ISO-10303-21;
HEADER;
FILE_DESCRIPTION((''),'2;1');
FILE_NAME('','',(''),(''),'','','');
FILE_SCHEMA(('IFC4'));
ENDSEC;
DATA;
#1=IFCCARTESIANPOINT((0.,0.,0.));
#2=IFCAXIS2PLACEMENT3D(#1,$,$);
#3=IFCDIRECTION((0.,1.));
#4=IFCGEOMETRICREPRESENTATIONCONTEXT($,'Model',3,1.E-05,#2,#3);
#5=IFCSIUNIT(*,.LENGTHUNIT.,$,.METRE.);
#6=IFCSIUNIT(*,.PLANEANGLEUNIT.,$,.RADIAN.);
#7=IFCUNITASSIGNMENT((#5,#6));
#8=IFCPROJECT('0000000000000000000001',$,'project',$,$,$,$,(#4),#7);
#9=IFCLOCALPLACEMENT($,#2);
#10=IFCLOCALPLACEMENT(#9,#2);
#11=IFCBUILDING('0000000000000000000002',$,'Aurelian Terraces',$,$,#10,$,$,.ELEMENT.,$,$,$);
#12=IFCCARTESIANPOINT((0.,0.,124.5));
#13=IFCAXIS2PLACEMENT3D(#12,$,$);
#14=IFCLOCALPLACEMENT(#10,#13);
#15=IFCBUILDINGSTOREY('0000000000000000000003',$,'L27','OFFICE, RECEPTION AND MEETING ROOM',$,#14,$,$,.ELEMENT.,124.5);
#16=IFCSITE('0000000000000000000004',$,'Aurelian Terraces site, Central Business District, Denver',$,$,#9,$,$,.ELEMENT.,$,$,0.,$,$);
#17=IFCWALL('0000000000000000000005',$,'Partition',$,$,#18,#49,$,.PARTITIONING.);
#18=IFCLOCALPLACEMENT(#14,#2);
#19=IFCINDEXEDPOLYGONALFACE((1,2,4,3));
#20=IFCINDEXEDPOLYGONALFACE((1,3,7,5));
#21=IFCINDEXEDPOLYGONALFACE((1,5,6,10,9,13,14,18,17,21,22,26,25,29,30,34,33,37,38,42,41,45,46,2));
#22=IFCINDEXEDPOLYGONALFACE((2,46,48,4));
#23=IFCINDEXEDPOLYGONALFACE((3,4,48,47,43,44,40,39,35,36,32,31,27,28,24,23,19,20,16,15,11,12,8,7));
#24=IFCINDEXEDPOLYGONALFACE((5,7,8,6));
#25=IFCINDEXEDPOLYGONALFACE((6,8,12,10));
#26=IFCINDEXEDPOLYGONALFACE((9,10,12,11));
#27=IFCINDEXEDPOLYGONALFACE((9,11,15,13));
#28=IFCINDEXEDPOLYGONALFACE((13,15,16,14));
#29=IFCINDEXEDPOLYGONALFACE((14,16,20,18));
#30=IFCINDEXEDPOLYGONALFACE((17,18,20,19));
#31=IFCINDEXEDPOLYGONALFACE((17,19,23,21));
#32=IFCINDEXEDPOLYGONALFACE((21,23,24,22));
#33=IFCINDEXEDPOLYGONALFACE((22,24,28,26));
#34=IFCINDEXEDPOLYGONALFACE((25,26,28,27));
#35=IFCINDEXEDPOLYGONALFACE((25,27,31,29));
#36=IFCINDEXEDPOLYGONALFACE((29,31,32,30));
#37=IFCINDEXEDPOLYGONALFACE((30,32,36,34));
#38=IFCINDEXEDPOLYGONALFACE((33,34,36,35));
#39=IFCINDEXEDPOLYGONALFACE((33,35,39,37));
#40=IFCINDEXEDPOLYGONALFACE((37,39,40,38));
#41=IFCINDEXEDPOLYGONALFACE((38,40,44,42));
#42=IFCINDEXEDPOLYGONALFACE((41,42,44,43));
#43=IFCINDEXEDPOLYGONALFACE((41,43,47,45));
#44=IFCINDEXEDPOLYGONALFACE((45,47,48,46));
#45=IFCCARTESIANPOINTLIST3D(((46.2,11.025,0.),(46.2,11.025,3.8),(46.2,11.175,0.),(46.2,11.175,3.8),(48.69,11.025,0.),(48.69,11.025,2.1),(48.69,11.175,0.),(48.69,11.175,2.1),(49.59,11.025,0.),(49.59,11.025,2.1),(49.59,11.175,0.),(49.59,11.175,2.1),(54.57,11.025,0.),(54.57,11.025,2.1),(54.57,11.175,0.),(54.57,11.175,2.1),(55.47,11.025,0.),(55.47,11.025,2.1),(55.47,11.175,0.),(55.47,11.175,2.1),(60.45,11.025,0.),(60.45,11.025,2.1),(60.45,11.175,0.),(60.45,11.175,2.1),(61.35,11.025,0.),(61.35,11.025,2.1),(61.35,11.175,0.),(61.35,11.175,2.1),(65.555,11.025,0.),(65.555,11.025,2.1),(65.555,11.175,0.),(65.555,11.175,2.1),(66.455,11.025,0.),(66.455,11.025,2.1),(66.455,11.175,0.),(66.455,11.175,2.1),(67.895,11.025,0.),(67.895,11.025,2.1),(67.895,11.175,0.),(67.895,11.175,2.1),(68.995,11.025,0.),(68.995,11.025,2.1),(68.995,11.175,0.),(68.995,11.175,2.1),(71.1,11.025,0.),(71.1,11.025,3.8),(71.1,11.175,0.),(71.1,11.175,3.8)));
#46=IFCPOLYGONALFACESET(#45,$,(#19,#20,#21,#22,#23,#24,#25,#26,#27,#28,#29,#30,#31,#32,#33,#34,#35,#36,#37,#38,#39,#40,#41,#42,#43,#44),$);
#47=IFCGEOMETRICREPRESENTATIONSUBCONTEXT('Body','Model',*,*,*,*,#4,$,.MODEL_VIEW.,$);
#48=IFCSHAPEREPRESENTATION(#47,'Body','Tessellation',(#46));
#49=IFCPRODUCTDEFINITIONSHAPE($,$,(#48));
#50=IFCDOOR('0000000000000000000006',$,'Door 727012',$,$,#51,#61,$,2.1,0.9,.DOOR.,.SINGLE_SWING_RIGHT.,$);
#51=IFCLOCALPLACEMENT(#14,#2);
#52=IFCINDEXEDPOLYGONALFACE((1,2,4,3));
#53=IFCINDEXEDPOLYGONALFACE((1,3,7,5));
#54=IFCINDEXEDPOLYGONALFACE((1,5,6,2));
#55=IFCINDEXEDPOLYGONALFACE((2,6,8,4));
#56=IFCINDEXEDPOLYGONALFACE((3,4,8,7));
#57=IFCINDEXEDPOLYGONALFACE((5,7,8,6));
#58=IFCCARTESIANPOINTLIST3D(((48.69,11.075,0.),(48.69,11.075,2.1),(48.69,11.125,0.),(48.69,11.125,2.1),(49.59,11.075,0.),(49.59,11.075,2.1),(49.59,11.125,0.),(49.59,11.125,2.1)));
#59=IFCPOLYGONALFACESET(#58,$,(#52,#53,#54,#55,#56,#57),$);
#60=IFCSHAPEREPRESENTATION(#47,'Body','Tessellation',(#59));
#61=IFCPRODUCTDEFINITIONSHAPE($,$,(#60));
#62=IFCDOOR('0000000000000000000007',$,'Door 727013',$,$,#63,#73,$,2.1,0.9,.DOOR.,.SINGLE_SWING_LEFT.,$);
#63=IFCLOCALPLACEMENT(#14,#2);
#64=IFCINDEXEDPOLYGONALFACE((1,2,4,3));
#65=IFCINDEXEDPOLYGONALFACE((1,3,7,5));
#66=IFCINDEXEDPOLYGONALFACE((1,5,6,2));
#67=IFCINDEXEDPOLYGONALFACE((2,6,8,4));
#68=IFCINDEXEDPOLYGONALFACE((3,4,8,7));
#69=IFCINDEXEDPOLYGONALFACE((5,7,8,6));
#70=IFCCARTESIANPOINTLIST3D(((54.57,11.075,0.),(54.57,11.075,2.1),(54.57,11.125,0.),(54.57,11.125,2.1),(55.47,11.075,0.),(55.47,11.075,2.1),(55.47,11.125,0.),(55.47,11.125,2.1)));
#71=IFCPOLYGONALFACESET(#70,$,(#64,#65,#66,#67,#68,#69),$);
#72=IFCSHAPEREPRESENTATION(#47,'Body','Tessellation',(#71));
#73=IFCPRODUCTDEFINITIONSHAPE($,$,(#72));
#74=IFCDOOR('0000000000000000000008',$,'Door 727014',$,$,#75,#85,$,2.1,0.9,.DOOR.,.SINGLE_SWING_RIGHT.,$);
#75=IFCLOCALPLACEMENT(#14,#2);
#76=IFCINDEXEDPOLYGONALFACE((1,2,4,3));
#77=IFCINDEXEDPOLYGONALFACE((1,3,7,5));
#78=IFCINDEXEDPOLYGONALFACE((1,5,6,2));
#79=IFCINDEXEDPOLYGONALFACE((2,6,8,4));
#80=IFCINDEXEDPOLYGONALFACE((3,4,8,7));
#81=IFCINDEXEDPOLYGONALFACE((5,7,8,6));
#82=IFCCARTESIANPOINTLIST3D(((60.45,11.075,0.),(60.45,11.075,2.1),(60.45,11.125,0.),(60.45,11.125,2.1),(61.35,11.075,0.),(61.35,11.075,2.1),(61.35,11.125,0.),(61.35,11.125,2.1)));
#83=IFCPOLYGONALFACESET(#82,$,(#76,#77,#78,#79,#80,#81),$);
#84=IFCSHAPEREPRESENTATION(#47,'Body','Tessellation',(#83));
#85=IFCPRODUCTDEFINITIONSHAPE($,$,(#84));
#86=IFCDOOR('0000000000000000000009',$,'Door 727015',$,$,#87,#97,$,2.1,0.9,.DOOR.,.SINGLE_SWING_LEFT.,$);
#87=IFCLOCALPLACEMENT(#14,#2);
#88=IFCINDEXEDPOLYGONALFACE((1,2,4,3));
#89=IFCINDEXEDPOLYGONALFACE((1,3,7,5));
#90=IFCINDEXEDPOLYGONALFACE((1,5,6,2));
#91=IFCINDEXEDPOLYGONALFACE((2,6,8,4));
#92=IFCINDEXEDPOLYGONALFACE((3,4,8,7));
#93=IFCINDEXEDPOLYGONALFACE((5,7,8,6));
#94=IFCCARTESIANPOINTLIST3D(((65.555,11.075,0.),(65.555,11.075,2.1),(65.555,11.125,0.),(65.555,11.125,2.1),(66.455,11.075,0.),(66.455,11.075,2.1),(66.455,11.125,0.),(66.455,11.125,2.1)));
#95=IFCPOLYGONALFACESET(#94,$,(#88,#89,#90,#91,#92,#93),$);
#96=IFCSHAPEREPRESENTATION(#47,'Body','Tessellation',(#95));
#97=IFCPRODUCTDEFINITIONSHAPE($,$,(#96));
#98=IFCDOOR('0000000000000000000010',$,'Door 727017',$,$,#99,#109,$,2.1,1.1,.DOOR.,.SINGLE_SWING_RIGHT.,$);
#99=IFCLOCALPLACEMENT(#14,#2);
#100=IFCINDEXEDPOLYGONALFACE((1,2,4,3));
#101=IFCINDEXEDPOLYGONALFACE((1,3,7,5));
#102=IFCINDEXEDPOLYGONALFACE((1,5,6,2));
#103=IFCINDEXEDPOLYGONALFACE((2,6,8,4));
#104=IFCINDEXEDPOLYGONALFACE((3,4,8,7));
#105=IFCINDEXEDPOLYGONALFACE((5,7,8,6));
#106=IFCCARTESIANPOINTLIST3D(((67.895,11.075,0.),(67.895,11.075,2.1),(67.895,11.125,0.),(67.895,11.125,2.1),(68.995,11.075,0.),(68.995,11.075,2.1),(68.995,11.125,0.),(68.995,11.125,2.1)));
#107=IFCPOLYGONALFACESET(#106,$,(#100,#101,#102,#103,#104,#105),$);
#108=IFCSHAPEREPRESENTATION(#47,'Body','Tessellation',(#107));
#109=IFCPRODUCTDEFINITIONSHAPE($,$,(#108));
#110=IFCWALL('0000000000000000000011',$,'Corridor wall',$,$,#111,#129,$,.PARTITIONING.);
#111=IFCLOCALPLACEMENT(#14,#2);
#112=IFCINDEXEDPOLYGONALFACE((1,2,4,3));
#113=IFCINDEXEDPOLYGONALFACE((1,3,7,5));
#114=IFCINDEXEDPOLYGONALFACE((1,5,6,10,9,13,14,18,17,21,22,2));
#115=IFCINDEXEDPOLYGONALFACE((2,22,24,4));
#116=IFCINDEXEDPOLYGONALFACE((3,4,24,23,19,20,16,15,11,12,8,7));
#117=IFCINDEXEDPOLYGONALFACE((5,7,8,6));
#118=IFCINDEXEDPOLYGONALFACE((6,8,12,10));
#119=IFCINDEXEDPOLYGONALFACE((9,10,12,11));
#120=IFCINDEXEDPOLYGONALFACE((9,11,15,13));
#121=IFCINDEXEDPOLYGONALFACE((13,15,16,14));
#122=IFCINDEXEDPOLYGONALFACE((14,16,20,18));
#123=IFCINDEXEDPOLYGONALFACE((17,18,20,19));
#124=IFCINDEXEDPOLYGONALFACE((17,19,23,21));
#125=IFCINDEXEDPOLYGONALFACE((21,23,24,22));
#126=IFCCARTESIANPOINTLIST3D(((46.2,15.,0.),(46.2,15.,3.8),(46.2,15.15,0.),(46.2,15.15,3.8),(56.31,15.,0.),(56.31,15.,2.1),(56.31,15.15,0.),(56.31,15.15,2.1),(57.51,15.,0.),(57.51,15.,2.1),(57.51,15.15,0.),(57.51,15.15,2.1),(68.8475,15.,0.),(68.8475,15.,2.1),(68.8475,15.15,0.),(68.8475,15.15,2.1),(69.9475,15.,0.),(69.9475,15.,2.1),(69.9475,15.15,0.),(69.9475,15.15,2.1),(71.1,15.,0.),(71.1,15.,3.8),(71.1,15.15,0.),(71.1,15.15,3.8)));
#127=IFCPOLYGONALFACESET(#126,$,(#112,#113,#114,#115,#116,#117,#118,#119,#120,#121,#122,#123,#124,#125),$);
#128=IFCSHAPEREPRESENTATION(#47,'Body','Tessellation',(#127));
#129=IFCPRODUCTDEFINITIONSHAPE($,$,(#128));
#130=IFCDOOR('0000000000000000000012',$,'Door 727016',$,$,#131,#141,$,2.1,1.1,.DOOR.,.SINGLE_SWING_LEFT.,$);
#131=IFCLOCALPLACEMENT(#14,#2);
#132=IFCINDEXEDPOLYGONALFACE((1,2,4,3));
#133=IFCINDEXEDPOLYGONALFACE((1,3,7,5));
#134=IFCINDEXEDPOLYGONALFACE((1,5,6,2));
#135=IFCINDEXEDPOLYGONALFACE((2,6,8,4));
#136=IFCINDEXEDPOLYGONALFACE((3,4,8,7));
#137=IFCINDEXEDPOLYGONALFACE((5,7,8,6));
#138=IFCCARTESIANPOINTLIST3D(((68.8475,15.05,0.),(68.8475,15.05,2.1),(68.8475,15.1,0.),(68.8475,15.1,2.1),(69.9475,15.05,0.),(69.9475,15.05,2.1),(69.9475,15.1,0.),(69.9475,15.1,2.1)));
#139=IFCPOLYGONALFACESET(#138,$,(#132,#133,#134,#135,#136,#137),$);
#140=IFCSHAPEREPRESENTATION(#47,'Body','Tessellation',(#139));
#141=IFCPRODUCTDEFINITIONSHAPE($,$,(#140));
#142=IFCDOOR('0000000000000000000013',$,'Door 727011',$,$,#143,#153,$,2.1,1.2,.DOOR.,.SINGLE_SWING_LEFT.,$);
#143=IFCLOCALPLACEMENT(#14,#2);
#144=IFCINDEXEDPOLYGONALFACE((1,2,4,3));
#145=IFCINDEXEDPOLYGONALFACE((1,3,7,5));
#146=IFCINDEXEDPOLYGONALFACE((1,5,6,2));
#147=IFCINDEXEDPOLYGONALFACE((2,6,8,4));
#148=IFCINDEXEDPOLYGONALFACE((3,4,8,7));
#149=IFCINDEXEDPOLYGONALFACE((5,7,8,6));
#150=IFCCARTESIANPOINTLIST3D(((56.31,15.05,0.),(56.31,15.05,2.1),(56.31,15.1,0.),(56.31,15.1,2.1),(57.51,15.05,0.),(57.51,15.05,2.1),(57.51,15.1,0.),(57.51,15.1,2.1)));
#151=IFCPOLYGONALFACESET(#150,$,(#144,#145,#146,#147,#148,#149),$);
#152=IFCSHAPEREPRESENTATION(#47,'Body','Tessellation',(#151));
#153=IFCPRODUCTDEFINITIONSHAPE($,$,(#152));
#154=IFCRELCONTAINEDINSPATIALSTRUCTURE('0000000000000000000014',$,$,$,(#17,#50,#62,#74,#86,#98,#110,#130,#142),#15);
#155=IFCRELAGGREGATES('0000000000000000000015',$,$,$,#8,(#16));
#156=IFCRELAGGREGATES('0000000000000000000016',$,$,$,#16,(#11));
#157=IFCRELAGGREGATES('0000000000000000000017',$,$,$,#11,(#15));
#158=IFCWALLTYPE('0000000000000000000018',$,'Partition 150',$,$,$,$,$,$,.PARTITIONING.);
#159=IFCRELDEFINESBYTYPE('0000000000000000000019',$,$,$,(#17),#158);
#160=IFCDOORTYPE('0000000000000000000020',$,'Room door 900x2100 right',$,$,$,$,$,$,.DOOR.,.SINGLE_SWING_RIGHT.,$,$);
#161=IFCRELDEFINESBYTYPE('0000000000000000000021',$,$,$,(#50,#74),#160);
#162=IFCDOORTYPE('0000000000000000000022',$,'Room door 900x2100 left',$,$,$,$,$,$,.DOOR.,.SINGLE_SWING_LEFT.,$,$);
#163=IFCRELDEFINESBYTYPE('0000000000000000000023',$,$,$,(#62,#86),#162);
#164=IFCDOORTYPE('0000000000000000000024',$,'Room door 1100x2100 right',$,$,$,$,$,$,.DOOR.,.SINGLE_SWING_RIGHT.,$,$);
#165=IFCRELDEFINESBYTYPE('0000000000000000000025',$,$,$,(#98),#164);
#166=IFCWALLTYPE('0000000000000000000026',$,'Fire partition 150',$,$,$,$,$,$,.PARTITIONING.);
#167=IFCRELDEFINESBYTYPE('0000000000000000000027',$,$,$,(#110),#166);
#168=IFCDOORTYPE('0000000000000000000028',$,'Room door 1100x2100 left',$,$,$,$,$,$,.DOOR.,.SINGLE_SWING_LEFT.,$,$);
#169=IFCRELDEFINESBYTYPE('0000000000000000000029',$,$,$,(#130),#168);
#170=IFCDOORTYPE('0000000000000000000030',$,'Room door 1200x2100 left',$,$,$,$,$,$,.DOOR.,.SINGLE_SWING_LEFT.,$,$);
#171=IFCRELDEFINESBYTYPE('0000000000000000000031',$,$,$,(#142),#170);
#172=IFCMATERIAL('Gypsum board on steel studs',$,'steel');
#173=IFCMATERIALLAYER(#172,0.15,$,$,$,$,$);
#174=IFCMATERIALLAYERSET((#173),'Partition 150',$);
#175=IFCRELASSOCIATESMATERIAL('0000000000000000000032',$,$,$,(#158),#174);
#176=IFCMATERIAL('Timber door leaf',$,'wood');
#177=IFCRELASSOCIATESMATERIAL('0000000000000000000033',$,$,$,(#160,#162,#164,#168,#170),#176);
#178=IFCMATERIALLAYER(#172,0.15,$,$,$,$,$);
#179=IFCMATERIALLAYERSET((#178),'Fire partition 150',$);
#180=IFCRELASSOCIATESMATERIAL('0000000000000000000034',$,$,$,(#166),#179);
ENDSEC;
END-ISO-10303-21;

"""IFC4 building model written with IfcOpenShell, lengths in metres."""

from ifc_helpers import new_model, si_unit, direction, frame, frame_2d, origin, place, context, subcontext, project, spatial, rectangle, extrude, source, transform, mapped, material, layer, layer_set, type_object, element, fill, save


model = new_model("IFC4")

# Units and contexts
model_context = context("Model", 3, precision=1e-05, world=origin(), true_north=direction((0.0, 1.0)))
body_context = subcontext(model_context, "Body", "Model", "MODEL_VIEW")
ifc_project = project(units=[si_unit("LENGTHUNIT", "METRE"), si_unit("PLANEANGLEUNIT", "RADIAN")], contexts=[model_context])

# Site, building, storey
site_placement = place(None, origin())
site = spatial("IfcSite", under=ifc_project, at=site_placement, Name="Aurelian Terraces site, Central Business District, Denver", CompositionType="ELEMENT", RefElevation=0.0)
building_placement = place(site_placement, origin())
building = spatial("IfcBuilding", under=site, at=building_placement, Name="Aurelian Terraces", CompositionType="ELEMENT")
storey_placement = place(building_placement, frame((0.0, 0.0, 124.5)))
storey = spatial("IfcBuildingStorey", under=building, at=storey_placement, Name="L27", Description="OFFICE, RECEPTION AND MEETING ROOM", CompositionType="ELEMENT", Elevation=124.5)

# Walls, openings, doors
ifc_material_1 = material(Name="Gypsum board on steel studs", Category="steel")
ifc_layer_1 = layer(ifc_material_1, 0.15)
ifc_layer_set_1 = layer_set([ifc_layer_1], Name="Partition 150")
wall_type_1 = type_object("IfcWallType", Name="Partition 150", PredefinedType="PARTITIONING", material=ifc_layer_set_1)
shared_shape_1 = source(origin(), body_context, "Body", "SweptSolid", [
    extrude(rectangle(XDim=24.9, YDim=0.15, at=frame_2d((12.45, 0.0))), origin(), (0.0, 0.0, 1.0), 3.8),
])
wall_1_placement = place(storey_placement, frame((71.1, 11.1, 0.0), z_axis=(0.0, 0.0, 1.0), x_axis=(-1.0, 0.0, 0.0)))
wall_1 = element("IfcWall", 1, at=wall_1_placement, inside=storey, type_object=wall_type_1, Name="Partition", PredefinedType="PARTITIONING", context=body_context, shape_type="MappedRepresentation", body=[
    mapped(shared_shape_1, transform((0.0, 0.0, 0.0), scale=1.0)),
])
shared_shape_2 = source(origin(), body_context, "Body", "SweptSolid", [
    extrude(rectangle(XDim=0.9, YDim=2.1, at=frame_2d((0.45, 1.05))), frame((0.0, 0.085, 0.0), z_axis=(0.0, -1.0, 0.0), x_axis=(1.0, 0.0, 0.0)), (0.0, 0.0, 1.0), 0.17),
])
opening_1_placement = place(wall_1_placement, frame((21.51, 0.0, 0.0)))
opening_1 = element("IfcOpeningElement", 2, at=opening_1_placement, cuts=wall_1, PredefinedType="OPENING", context=body_context, shape_type="MappedRepresentation", body=[
    mapped(shared_shape_2, transform((0.0, 0.0, 0.0), scale=1.0)),
])
opening_2_placement = place(wall_1_placement, frame((15.63, 0.0, 0.0)))
opening_2 = element("IfcOpeningElement", 3, at=opening_2_placement, cuts=wall_1, PredefinedType="OPENING", context=body_context, shape_type="MappedRepresentation", body=[
    mapped(shared_shape_2, transform((0.0, 0.0, 0.0), scale=1.0)),
])
opening_3_placement = place(wall_1_placement, frame((9.75, 0.0, 0.0)))
opening_3 = element("IfcOpeningElement", 4, at=opening_3_placement, cuts=wall_1, PredefinedType="OPENING", context=body_context, shape_type="MappedRepresentation", body=[
    mapped(shared_shape_2, transform((0.0, 0.0, 0.0), scale=1.0)),
])
opening_4_placement = place(wall_1_placement, frame((4.645, 0.0, 0.0)))
opening_4 = element("IfcOpeningElement", 5, at=opening_4_placement, cuts=wall_1, PredefinedType="OPENING", context=body_context, shape_type="MappedRepresentation", body=[
    mapped(shared_shape_2, transform((0.0, 0.0, 0.0), scale=1.0)),
])
shared_shape_3 = source(origin(), body_context, "Body", "SweptSolid", [
    extrude(rectangle(XDim=1.1, YDim=2.1, at=frame_2d((0.55, 1.05))), frame((0.0, 0.085, 0.0), z_axis=(0.0, -1.0, 0.0), x_axis=(1.0, 0.0, 0.0)), (0.0, 0.0, 1.0), 0.17),
])
opening_5_placement = place(wall_1_placement, frame((2.105, 0.0, 0.0)))
opening_5 = element("IfcOpeningElement", 6, at=opening_5_placement, cuts=wall_1, PredefinedType="OPENING", context=body_context, shape_type="MappedRepresentation", body=[
    mapped(shared_shape_3, transform((0.0, 0.0, 0.0), scale=1.0)),
])
ifc_material_2 = material(Name="Timber door leaf", Category="wood")
door_type_1 = type_object("IfcDoorType", Name="Room door 900x2100 right", OperationType="SINGLE_SWING_RIGHT", PredefinedType="DOOR", material=ifc_material_2)
shared_shape_4 = source(origin(), body_context, "Body", "SweptSolid", [
    extrude(rectangle(XDim=0.9, YDim=2.1, at=frame_2d((0.45, 1.05))), frame((0.0, 0.025, 0.0), z_axis=(0.0, -1.0, 0.0), x_axis=(1.0, 0.0, 0.0)), (0.0, 0.0, 1.0), 0.05),
])
door_1_placement = place(opening_1_placement, origin())
door_1 = element("IfcDoor", 7, at=door_1_placement, inside=storey, type_object=door_type_1, Name="Door 727012", OperationType="SINGLE_SWING_RIGHT", OverallHeight=2.1, OverallWidth=0.9, PredefinedType="DOOR", context=body_context, shape_type="MappedRepresentation", body=[
    mapped(shared_shape_4, transform((0.0, 0.0, 0.0), scale=1.0)),
])
fill(opening_1, door_1)
door_type_2 = type_object("IfcDoorType", Name="Room door 900x2100 left", OperationType="SINGLE_SWING_LEFT", PredefinedType="DOOR", material=ifc_material_2)
door_2_placement = place(opening_2_placement, origin())
door_2 = element("IfcDoor", 8, at=door_2_placement, inside=storey, type_object=door_type_2, Name="Door 727013", OperationType="SINGLE_SWING_LEFT", OverallHeight=2.1, OverallWidth=0.9, PredefinedType="DOOR", context=body_context, shape_type="MappedRepresentation", body=[
    mapped(shared_shape_4, transform((0.0, 0.0, 0.0), scale=1.0)),
])
fill(opening_2, door_2)
door_3_placement = place(opening_3_placement, origin())
door_3 = element("IfcDoor", 9, at=door_3_placement, inside=storey, type_object=door_type_1, Name="Door 727014", OperationType="SINGLE_SWING_RIGHT", OverallHeight=2.1, OverallWidth=0.9, PredefinedType="DOOR", context=body_context, shape_type="MappedRepresentation", body=[
    mapped(shared_shape_4, transform((0.0, 0.0, 0.0), scale=1.0)),
])
fill(opening_3, door_3)
door_4_placement = place(opening_4_placement, origin())
door_4 = element("IfcDoor", 10, at=door_4_placement, inside=storey, type_object=door_type_2, Name="Door 727015", OperationType="SINGLE_SWING_LEFT", OverallHeight=2.1, OverallWidth=0.9, PredefinedType="DOOR", context=body_context, shape_type="MappedRepresentation", body=[
    mapped(shared_shape_4, transform((0.0, 0.0, 0.0), scale=1.0)),
])
fill(opening_4, door_4)
door_type_3 = type_object("IfcDoorType", Name="Room door 1100x2100 right", OperationType="SINGLE_SWING_RIGHT", PredefinedType="DOOR", material=ifc_material_2)
shared_shape_5 = source(origin(), body_context, "Body", "SweptSolid", [
    extrude(rectangle(XDim=1.1, YDim=2.1, at=frame_2d((0.55, 1.05))), frame((0.0, 0.025, 0.0), z_axis=(0.0, -1.0, 0.0), x_axis=(1.0, 0.0, 0.0)), (0.0, 0.0, 1.0), 0.05),
])
door_5_placement = place(opening_5_placement, origin())
door_5 = element("IfcDoor", 11, at=door_5_placement, inside=storey, type_object=door_type_3, Name="Door 727017", OperationType="SINGLE_SWING_RIGHT", OverallHeight=2.1, OverallWidth=1.1, PredefinedType="DOOR", context=body_context, shape_type="MappedRepresentation", body=[
    mapped(shared_shape_5, transform((0.0, 0.0, 0.0), scale=1.0)),
])
fill(opening_5, door_5)
ifc_layer_2 = layer(ifc_material_1, 0.15)
ifc_layer_set_2 = layer_set([ifc_layer_2], Name="Fire partition 150")
wall_type_2 = type_object("IfcWallType", Name="Fire partition 150", PredefinedType="PARTITIONING", material=ifc_layer_set_2)
wall_2_placement = place(storey_placement, frame((71.1, 15.075, 0.0), z_axis=(0.0, 0.0, 1.0), x_axis=(-1.0, 0.0, 0.0)))
wall_2 = element("IfcWall", 12, at=wall_2_placement, inside=storey, type_object=wall_type_2, Name="Corridor wall", PredefinedType="PARTITIONING", context=body_context, shape_type="MappedRepresentation", body=[
    mapped(shared_shape_1, transform((0.0, 0.0, 0.0), scale=1.0)),
])
shared_shape_6 = source(origin(), body_context, "Body", "SweptSolid", [
    extrude(rectangle(XDim=1.2, YDim=2.1, at=frame_2d((0.6, 1.05))), frame((0.0, 0.085, 0.0), z_axis=(0.0, -1.0, 0.0), x_axis=(1.0, 0.0, 0.0)), (0.0, 0.0, 1.0), 0.17),
])
opening_6_placement = place(wall_2_placement, frame((13.59, 0.0, 0.0)))
opening_6 = element("IfcOpeningElement", 13, at=opening_6_placement, cuts=wall_2, PredefinedType="OPENING", context=body_context, shape_type="MappedRepresentation", body=[
    mapped(shared_shape_6, transform((0.0, 0.0, 0.0), scale=1.0)),
])
opening_7_placement = place(wall_2_placement, frame((1.1525, 0.0, 0.0)))
opening_7 = element("IfcOpeningElement", 14, at=opening_7_placement, cuts=wall_2, PredefinedType="OPENING", context=body_context, shape_type="MappedRepresentation", body=[
    mapped(shared_shape_3, transform((0.0, 0.0, 0.0), scale=1.0)),
])
door_type_4 = type_object("IfcDoorType", Name="Room door 1100x2100 left", OperationType="SINGLE_SWING_LEFT", PredefinedType="DOOR", material=ifc_material_2)
door_6_placement = place(opening_7_placement, origin())
door_6 = element("IfcDoor", 15, at=door_6_placement, inside=storey, type_object=door_type_4, Name="Door 727016", OperationType="SINGLE_SWING_LEFT", OverallHeight=2.1, OverallWidth=1.1, PredefinedType="DOOR", context=body_context, shape_type="MappedRepresentation", body=[
    mapped(shared_shape_5, transform((0.0, 0.0, 0.0), scale=1.0)),
])
fill(opening_7, door_6)
door_type_5 = type_object("IfcDoorType", Name="Room door 1200x2100 left", OperationType="SINGLE_SWING_LEFT", PredefinedType="DOOR", material=ifc_material_2)
shared_shape_7 = source(origin(), body_context, "Body", "SweptSolid", [
    extrude(rectangle(XDim=1.2, YDim=2.1, at=frame_2d((0.6, 1.05))), frame((0.0, 0.025, 0.0), z_axis=(0.0, -1.0, 0.0), x_axis=(1.0, 0.0, 0.0)), (0.0, 0.0, 1.0), 0.05),
])
door_7_placement = place(opening_6_placement, origin())
door_7 = element("IfcDoor", 16, at=door_7_placement, inside=storey, type_object=door_type_5, Name="Door 727011", OperationType="SINGLE_SWING_LEFT", OverallHeight=2.1, OverallWidth=1.2, PredefinedType="DOOR", context=body_context, shape_type="MappedRepresentation", body=[
    mapped(shared_shape_7, transform((0.0, 0.0, 0.0), scale=1.0)),
])
fill(opening_6, door_7)

save(model, "model.ifc")
